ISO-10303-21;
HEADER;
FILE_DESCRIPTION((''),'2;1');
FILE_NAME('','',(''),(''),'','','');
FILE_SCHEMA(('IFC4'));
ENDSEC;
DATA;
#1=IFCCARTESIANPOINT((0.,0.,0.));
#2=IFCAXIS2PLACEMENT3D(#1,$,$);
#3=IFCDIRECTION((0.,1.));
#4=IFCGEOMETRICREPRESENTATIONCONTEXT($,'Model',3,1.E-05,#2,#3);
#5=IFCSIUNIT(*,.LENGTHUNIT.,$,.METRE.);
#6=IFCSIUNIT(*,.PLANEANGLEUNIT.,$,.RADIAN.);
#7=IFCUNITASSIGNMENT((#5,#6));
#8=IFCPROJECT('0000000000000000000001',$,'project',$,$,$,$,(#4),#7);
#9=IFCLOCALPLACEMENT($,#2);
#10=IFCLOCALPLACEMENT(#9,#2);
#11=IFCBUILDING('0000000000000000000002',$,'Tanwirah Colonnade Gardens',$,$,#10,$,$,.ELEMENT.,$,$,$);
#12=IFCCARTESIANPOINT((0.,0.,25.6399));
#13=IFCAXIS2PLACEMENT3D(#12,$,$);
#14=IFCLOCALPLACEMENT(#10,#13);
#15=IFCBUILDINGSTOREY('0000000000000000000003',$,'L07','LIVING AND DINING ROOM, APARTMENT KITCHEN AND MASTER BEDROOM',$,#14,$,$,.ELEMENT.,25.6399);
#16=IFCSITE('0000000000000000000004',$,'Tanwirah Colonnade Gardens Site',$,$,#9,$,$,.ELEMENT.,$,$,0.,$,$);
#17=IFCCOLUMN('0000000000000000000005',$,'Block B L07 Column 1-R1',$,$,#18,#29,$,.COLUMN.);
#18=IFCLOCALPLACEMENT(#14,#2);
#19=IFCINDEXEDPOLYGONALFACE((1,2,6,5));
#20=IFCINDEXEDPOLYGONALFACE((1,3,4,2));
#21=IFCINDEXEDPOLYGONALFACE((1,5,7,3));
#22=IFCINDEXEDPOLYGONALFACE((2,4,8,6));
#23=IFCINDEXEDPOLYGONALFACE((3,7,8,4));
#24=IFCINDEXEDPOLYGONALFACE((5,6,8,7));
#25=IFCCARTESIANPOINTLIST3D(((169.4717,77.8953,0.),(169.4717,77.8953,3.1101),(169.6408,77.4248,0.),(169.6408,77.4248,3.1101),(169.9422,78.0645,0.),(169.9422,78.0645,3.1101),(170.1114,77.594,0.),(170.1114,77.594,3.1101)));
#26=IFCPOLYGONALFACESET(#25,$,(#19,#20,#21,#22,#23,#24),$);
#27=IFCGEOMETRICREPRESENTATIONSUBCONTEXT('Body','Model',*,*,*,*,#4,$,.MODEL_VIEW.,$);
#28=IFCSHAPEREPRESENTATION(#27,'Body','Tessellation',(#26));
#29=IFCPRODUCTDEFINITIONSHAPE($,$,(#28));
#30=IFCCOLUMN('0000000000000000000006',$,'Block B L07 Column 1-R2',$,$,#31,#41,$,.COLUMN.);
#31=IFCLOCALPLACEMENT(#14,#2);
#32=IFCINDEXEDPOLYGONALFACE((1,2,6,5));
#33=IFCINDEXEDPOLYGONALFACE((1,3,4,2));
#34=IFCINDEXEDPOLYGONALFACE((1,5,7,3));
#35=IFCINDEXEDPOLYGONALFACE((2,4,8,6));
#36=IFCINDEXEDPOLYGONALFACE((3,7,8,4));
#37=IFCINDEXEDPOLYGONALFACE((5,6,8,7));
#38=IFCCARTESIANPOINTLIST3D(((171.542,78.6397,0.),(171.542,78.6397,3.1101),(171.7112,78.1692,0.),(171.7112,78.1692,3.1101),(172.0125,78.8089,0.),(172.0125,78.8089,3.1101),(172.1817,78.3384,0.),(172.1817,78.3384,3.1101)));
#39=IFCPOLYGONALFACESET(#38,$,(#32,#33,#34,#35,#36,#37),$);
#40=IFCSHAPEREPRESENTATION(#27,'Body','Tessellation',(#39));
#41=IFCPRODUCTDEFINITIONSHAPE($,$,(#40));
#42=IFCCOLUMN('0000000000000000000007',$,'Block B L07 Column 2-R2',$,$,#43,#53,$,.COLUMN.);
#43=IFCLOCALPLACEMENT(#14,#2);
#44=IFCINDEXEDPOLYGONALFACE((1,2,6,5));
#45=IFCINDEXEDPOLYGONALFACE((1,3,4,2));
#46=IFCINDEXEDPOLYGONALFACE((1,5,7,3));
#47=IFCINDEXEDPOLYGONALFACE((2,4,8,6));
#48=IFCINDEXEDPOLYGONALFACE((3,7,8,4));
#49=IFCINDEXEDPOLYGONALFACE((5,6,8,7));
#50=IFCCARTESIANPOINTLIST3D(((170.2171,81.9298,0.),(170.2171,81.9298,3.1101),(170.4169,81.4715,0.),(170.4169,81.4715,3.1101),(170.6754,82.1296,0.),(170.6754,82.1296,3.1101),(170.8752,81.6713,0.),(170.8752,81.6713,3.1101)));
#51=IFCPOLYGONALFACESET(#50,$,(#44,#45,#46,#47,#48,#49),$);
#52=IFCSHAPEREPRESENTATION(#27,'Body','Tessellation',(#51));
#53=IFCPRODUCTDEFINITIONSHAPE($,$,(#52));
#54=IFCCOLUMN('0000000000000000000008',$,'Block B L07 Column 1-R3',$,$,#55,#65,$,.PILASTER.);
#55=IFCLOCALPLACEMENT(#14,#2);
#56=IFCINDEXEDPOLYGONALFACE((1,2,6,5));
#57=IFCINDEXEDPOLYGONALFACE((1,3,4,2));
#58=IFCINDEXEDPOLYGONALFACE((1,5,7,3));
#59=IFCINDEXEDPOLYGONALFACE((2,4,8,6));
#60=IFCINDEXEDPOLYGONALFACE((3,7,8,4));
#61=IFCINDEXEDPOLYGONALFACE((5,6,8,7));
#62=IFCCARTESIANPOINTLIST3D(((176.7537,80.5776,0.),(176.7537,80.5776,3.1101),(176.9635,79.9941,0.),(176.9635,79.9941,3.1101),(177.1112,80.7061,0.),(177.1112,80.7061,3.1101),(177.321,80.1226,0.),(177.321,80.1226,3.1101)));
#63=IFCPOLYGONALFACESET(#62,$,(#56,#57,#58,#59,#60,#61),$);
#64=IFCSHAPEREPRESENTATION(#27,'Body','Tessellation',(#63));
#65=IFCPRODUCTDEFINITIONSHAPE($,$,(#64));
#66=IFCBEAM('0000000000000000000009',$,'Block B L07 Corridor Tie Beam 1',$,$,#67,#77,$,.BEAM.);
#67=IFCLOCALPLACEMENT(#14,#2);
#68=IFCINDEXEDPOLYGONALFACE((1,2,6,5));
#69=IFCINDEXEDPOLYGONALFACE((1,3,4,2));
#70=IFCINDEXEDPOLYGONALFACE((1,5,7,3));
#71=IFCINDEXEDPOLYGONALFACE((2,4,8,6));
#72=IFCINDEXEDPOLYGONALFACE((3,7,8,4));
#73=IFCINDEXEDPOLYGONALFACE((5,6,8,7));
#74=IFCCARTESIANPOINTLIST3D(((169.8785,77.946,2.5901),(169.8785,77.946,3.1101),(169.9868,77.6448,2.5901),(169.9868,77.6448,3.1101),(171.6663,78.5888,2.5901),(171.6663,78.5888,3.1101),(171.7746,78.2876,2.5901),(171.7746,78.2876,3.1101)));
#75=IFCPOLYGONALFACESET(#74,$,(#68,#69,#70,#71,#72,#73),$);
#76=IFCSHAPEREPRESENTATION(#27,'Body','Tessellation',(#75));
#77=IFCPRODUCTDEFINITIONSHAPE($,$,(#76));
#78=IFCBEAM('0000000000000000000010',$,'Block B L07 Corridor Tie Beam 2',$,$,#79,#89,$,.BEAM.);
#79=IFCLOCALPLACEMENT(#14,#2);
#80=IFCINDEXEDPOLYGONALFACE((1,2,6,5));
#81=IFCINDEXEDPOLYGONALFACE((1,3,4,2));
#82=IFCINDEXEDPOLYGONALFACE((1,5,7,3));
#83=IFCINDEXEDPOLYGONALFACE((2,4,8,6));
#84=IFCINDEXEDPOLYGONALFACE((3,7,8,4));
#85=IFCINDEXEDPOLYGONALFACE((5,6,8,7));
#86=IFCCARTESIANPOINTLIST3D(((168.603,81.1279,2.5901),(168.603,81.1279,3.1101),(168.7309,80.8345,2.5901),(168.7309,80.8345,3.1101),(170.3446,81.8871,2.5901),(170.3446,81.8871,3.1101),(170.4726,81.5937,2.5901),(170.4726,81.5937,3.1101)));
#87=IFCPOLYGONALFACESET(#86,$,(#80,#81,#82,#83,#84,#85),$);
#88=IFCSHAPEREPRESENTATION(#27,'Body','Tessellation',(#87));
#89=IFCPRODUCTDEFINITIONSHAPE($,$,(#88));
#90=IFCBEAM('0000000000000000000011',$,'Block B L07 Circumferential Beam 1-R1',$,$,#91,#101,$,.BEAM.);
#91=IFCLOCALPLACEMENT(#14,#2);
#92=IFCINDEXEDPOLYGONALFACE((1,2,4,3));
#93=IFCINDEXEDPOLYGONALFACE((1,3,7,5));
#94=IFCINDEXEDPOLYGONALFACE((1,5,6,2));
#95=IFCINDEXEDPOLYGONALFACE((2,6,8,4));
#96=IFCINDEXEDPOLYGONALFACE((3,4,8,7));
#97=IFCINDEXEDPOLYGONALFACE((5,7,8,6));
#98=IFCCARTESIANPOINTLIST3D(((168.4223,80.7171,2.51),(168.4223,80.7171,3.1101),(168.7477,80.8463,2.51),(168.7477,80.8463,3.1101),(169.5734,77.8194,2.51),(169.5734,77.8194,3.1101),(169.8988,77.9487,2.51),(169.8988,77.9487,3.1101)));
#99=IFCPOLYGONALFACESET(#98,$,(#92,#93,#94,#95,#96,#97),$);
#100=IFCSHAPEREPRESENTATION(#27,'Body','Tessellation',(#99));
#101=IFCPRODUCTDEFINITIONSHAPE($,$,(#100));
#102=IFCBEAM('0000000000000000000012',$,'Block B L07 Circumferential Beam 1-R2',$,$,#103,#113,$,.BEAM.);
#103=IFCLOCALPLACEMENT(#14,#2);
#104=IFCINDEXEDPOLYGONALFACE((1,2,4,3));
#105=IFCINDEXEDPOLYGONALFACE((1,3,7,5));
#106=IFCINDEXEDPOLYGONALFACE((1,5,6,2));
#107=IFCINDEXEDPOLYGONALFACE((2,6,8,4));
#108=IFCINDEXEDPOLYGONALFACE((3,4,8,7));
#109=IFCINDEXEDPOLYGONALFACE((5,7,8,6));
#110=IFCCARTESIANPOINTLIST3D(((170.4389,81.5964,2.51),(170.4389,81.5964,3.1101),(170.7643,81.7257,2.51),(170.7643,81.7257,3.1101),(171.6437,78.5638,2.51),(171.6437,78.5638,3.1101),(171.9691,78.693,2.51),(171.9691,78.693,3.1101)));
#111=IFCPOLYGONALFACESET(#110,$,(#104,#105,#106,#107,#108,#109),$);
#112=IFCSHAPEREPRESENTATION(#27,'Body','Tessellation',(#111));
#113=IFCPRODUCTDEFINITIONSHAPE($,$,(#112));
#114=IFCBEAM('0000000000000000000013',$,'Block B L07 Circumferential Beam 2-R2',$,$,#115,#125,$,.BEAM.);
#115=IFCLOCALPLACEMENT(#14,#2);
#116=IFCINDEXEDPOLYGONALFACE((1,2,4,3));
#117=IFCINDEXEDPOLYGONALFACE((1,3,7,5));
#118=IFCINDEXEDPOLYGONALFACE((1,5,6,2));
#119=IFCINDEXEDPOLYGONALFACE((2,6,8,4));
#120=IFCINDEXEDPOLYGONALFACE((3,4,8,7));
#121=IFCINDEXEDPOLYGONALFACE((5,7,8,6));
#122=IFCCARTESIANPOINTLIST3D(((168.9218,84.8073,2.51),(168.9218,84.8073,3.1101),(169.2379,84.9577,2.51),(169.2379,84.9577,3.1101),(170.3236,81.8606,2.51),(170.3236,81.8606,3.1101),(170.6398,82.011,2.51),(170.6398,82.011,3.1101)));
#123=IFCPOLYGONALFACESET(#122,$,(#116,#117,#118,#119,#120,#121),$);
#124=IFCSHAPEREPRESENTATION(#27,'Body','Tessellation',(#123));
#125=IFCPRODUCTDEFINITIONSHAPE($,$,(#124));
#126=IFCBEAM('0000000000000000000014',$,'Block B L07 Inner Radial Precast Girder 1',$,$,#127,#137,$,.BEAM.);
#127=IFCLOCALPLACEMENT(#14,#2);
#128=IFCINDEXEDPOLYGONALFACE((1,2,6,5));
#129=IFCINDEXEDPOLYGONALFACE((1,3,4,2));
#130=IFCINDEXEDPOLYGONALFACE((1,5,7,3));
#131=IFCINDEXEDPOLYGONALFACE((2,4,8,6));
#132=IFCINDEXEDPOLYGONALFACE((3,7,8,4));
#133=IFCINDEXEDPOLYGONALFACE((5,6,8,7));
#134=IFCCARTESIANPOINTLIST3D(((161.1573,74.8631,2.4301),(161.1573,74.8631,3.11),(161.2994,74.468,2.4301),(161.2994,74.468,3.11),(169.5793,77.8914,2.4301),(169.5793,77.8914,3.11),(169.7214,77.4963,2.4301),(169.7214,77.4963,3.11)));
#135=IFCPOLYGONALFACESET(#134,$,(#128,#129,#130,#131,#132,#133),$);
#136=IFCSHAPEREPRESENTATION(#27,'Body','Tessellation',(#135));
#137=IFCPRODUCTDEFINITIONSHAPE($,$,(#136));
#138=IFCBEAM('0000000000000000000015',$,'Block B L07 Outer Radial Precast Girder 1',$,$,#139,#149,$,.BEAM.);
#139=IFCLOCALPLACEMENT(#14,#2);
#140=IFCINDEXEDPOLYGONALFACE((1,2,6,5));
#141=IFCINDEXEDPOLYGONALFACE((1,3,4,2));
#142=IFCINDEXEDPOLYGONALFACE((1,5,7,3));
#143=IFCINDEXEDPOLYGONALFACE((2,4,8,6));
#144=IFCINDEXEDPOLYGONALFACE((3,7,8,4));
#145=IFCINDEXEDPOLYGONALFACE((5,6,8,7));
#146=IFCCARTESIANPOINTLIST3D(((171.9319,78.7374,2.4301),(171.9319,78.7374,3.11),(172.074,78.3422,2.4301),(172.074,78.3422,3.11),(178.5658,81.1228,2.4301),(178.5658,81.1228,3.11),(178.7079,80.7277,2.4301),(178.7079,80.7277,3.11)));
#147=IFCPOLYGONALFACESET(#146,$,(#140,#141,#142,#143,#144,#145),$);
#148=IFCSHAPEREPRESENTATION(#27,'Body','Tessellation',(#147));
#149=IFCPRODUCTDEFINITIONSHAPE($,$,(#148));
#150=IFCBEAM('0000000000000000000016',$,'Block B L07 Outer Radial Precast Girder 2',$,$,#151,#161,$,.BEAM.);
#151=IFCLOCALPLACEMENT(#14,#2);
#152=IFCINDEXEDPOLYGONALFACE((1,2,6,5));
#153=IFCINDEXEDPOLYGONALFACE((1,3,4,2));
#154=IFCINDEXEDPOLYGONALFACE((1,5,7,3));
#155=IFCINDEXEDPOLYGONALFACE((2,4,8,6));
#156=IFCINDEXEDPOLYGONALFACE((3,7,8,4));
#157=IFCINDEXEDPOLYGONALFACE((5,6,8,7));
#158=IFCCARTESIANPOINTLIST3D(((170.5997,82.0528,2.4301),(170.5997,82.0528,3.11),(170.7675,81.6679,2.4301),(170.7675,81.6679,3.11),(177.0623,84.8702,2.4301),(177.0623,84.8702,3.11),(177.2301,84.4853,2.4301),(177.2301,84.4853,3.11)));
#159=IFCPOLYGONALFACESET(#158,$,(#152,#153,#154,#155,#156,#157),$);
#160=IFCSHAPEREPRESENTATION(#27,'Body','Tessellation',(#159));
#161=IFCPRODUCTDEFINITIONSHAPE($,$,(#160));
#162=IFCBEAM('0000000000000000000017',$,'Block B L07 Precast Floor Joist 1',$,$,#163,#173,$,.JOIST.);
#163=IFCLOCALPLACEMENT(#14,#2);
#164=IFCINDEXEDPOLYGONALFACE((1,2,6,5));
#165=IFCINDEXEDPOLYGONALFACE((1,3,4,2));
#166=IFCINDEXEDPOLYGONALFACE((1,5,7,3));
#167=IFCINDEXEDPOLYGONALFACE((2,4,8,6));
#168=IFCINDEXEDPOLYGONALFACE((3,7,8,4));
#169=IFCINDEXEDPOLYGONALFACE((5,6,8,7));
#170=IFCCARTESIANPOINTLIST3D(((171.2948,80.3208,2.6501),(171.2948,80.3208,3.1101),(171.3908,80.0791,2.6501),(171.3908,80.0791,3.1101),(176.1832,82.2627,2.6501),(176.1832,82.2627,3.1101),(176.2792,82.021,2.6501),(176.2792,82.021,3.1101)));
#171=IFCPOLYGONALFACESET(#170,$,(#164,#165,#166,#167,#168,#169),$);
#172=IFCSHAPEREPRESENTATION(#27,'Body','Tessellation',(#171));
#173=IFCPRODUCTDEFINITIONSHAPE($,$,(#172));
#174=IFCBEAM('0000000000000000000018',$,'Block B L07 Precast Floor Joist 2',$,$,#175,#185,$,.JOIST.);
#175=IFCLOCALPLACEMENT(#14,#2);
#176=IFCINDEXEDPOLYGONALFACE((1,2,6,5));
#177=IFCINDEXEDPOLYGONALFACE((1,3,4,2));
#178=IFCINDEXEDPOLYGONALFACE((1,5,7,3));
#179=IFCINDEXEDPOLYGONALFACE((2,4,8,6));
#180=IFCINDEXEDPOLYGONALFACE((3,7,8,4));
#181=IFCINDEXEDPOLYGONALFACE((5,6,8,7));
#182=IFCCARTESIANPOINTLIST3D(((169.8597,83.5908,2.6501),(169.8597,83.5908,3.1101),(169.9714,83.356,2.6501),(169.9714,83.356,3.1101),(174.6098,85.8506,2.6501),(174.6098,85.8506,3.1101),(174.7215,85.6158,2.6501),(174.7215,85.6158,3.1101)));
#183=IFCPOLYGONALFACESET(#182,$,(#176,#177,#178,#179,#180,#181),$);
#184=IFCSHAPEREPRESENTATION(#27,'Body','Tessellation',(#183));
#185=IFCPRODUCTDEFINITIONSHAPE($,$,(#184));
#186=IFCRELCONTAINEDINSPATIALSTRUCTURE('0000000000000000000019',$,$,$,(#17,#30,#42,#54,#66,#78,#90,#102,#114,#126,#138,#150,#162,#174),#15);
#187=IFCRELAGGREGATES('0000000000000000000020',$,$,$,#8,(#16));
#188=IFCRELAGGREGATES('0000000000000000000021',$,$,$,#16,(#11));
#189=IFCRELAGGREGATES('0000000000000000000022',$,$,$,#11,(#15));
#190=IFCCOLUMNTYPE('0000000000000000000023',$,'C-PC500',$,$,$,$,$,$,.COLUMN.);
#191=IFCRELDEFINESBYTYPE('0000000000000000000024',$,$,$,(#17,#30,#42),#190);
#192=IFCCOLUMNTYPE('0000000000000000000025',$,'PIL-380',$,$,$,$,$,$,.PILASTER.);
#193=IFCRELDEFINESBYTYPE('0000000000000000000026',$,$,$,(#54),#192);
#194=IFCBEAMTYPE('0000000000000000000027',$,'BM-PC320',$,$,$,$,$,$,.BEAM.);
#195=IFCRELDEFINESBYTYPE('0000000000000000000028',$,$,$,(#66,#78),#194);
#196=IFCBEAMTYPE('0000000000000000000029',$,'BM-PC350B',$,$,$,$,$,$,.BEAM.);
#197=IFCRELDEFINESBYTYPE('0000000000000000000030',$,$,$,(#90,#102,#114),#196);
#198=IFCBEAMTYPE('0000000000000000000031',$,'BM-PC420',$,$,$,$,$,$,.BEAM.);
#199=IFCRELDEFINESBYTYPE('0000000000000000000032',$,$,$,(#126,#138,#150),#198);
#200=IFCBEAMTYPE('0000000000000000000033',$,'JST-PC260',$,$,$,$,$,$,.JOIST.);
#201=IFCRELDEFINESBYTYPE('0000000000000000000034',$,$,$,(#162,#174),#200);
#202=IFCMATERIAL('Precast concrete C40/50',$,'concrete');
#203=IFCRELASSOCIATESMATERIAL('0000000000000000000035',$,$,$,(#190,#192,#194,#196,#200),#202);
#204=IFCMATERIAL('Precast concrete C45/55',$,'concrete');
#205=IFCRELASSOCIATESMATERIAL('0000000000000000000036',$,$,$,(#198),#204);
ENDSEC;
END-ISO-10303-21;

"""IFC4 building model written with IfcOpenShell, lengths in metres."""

from ifc_helpers import new_model, si_unit, direction, frame, origin, origin_2d, place, context, subcontext, project, spatial, rectangle, extrude, material, material_profile, profile_set, type_object, element, save


model = new_model("IFC4")

# Units and contexts
model_context = context("Model", 3, precision=1e-05, world=origin(), true_north=direction((0.0, 1.0)))
body_context = subcontext(model_context, "Body", "Model", "MODEL_VIEW")
ifc_project = project(units=[si_unit("LENGTHUNIT", "METRE"), si_unit("PLANEANGLEUNIT", "RADIAN")], contexts=[model_context])

# Site, building, storey
site_placement = place(None, origin())
site = spatial("IfcSite", under=ifc_project, at=site_placement, Name="Tanwirah Colonnade Gardens Site", CompositionType="ELEMENT", RefElevation=0.0)
building_placement = place(site_placement, origin())
building = spatial("IfcBuilding", under=site, at=building_placement, Name="Tanwirah Colonnade Gardens", CompositionType="ELEMENT")
storey_placement = place(building_placement, frame((0.0, 0.0, 25.6399)))
storey = spatial("IfcBuildingStorey", under=building, at=storey_placement, Name="L07", Description="LIVING AND DINING ROOM, APARTMENT KITCHEN AND MASTER BEDROOM", CompositionType="ELEMENT", Elevation=25.6399)

# Columns
ifc_material_1 = material(Name="Precast concrete C40/50", Category="concrete")
ifc_material_profile_1 = material_profile(ifc_material_1, rectangle(XDim=0.5, YDim=0.5, at=origin_2d()), Name="PC-COL 500x500")
ifc_profile_set_1 = profile_set([ifc_material_profile_1], Name="Precast concrete C40/50")
column_type_1 = type_object("IfcColumnType", Name="C-PC500", PredefinedType="COLUMN", material=ifc_profile_set_1)
for number, where, z_axis, x_axis, name in (
    (1, (169.7915, 77.7446, 0.0), (0.0, 0.0, 1.0), (0.941012, 0.338373, 0.0), "Block B L07 Column 1-R1"),
    (2, (171.8618, 78.489, 0.0), (0.0, 0.0, 1.0), (0.941012, 0.338373, 0.0), "Block B L07 Column 1-R2"),
    (3, (170.5461, 81.8005, 0.0), (0.0, 0.0, 1.0), (0.916673, 0.399638, 0.0), "Block B L07 Column 2-R2"),
):
    element("IfcColumn", number, at=place(storey_placement, frame(where, z_axis=z_axis, x_axis=x_axis)), inside=storey, type_object=column_type_1, Name=name, PredefinedType="COLUMN", context=body_context, shape_type="SweptSolid", body=[
        extrude(rectangle(XDim=0.5, YDim=0.5, at=origin_2d()), origin(), (0.0, 0.0, 1.0), 3.1101),
    ])
ifc_material_profile_2 = material_profile(ifc_material_1, rectangle(XDim=0.3799, YDim=0.6201, at=origin_2d()), Name="PC-PIL 380x620")
ifc_profile_set_2 = profile_set([ifc_material_profile_2], Name="Precast concrete C40/50")
column_type_2 = type_object("IfcColumnType", Name="PIL-380", PredefinedType="PILASTER", material=ifc_profile_set_2)
column_placement = place(storey_placement, frame((177.0374, 80.3501, 0.0), z_axis=(0.0, 0.0, 1.0), x_axis=(0.941012, 0.338373, 0.0)))
element("IfcColumn", 4, at=column_placement, inside=storey, type_object=column_type_2, Name="Block B L07 Column 1-R3", PredefinedType="PILASTER", context=body_context, shape_type="SweptSolid", body=[
    extrude(rectangle(XDim=0.3799, YDim=0.6201, at=origin_2d()), origin(), (0.0, 0.0, 1.0), 3.1101),
])

# Beams
ifc_material_profile_3 = material_profile(ifc_material_1, rectangle(XDim=0.3201, YDim=0.52, at=origin_2d()), Name="PC-BM 320x520")
ifc_profile_set_3 = profile_set([ifc_material_profile_3], Name="Precast concrete C40/50")
beam_type_1 = type_object("IfcBeamType", Name="BM-PC320", PredefinedType="BEAM", material=ifc_profile_set_3)
for number, where, z_axis, x_axis, name in (
    (5, (169.9326, 77.7954, 2.8501), (0.941022, 0.338346, 0.0), (-0.338346, 0.941022, 0.0), "Block B L07 Corridor Tie Beam 1"),
    (6, (168.667, 80.9812, 2.8501), (0.916681, 0.399619, 0.0), (-0.399619, 0.916681, 0.0), "Block B L07 Corridor Tie Beam 2"),
):
    element("IfcBeam", number, at=place(storey_placement, frame(where, z_axis=z_axis, x_axis=x_axis)), inside=storey, type_object=beam_type_1, Name=name, PredefinedType="BEAM", context=body_context, shape_type="SweptSolid", body=[
        extrude(rectangle(XDim=0.3201, YDim=0.52, at=origin_2d()), origin(), (0.0, 0.0, 1.0), 1.8999),
    ])
ifc_material_profile_4 = material_profile(ifc_material_1, rectangle(XDim=0.3501, YDim=0.6001, at=origin_2d()), Name="PC-BM 350x600")
ifc_profile_set_4 = profile_set([ifc_material_profile_4], Name="Precast concrete C40/50")
beam_type_2 = type_object("IfcBeamType", Name="BM-PC350B", PredefinedType="BEAM", material=ifc_profile_set_4)
beam_1_placement = place(storey_placement, frame((169.7361, 77.884, 2.8101), z_axis=(-0.369189, 0.929354, 0.0), x_axis=(-0.929354, -0.369189, 0.0)))
element("IfcBeam", 7, at=beam_1_placement, inside=storey, type_object=beam_type_2, Name="Block B L07 Circumferential Beam 1-R1", PredefinedType="BEAM", context=body_context, shape_type="SweptSolid", body=[
    extrude(rectangle(XDim=0.3501, YDim=0.6001, at=origin_2d()), origin(), (0.0, 0.0, 1.0), 3.1179),
])
for number, where, z_axis, x_axis, name in (
    (8, (171.8064, 78.6284, 2.8101), (-0.36921, 0.929346, 0.0), (-0.929346, -0.36921, 0.0), "Block B L07 Circumferential Beam 1-R2"),
    (9, (170.4817, 81.9358, 2.8101), (-0.429591, 0.903024, 0.0), (-0.903024, -0.429591, 0.0), "Block B L07 Circumferential Beam 2-R2"),
):
    element("IfcBeam", number, at=place(storey_placement, frame(where, z_axis=z_axis, x_axis=x_axis)), inside=storey, type_object=beam_type_2, Name=name, PredefinedType="BEAM", context=body_context, shape_type="SweptSolid", body=[
        extrude(rectangle(XDim=0.3501, YDim=0.6001, at=origin_2d()), origin(), (0.0, 0.0, 1.0), 3.2632),
    ])
ifc_material_2 = material(Name="Precast concrete C45/55", Category="concrete")
ifc_material_profile_5 = material_profile(ifc_material_2, rectangle(XDim=0.4199, YDim=0.6799, at=origin_2d()), Name="PC-BM 420x680")
ifc_profile_set_5 = profile_set([ifc_material_profile_5], Name="Precast concrete C45/55")
beam_type_3 = type_object("IfcBeamType", Name="BM-PC420", PredefinedType="BEAM", material=ifc_profile_set_5)
beam_2_placement = place(storey_placement, frame((169.6504, 77.6938, 2.77), z_axis=(-0.941017, -0.338359, 0.0), x_axis=(0.338359, -0.941017, 0.0)))
element("IfcBeam", 10, at=beam_2_placement, inside=storey, type_object=beam_type_3, Name="Block B L07 Inner Radial Precast Girder 1", PredefinedType="BEAM", context=body_context, shape_type="SweptSolid", body=[
    extrude(rectangle(XDim=0.4199, YDim=0.6799, at=origin_2d()), origin(), (0.0, 0.0, 1.0), 8.95),
])
beam_3_placement = place(storey_placement, frame((172.0029, 78.5398, 2.77), z_axis=(0.941012, 0.338374, 0.0), x_axis=(-0.338374, 0.941012, 0.0)))
element("IfcBeam", 11, at=beam_3_placement, inside=storey, type_object=beam_type_3, Name="Block B L07 Outer Radial Precast Girder 1", PredefinedType="BEAM", context=body_context, shape_type="SweptSolid", body=[
    extrude(rectangle(XDim=0.4199, YDim=0.6799, at=origin_2d()), origin(), (0.0, 0.0, 1.0), 7.0498),
])
beam_4_placement = place(storey_placement, frame((170.6836, 81.8604, 2.77), z_axis=(0.916679, 0.399625, 0.0), x_axis=(-0.399625, 0.916679, 0.0)))
element("IfcBeam", 12, at=beam_4_placement, inside=storey, type_object=beam_type_3, Name="Block B L07 Outer Radial Precast Girder 2", PredefinedType="BEAM", context=body_context, shape_type="SweptSolid", body=[
    extrude(rectangle(XDim=0.4199, YDim=0.6799, at=origin_2d()), origin(), (0.0, 0.0, 1.0), 7.05),
])
ifc_material_profile_6 = material_profile(ifc_material_1, rectangle(XDim=0.26, YDim=0.46, at=origin_2d()), Name="PC-JST 260x460")
ifc_profile_set_6 = profile_set([ifc_material_profile_6], Name="Precast concrete C40/50")
beam_type_4 = type_object("IfcBeamType", Name="JST-PC260", PredefinedType="JOIST", material=ifc_profile_set_6)
beam_5_placement = place(storey_placement, frame((171.3428, 80.2, 2.8801), z_axis=(0.929358, 0.369181, 0.0), x_axis=(-0.369181, 0.929358, 0.0)))
element("IfcBeam", 13, at=beam_5_placement, inside=storey, type_object=beam_type_4, Name="Block B L07 Precast Floor Joist 1", PredefinedType="JOIST", context=body_context, shape_type="SweptSolid", body=[
    extrude(rectangle(XDim=0.26, YDim=0.46, at=origin_2d()), origin(), (0.0, 0.0, 1.0), 5.26),
])
beam_6_placement = place(storey_placement, frame((169.9155, 83.4734, 2.8801), z_axis=(0.903018, 0.429602, 0.0), x_axis=(-0.429602, 0.903018, 0.0)))
element("IfcBeam", 14, at=beam_6_placement, inside=storey, type_object=beam_type_4, Name="Block B L07 Precast Floor Joist 2", PredefinedType="JOIST", context=body_context, shape_type="SweptSolid", body=[
    extrude(rectangle(XDim=0.26, YDim=0.46, at=origin_2d()), origin(), (0.0, 0.0, 1.0), 5.2603),
])

save(model, "model.ifc")
